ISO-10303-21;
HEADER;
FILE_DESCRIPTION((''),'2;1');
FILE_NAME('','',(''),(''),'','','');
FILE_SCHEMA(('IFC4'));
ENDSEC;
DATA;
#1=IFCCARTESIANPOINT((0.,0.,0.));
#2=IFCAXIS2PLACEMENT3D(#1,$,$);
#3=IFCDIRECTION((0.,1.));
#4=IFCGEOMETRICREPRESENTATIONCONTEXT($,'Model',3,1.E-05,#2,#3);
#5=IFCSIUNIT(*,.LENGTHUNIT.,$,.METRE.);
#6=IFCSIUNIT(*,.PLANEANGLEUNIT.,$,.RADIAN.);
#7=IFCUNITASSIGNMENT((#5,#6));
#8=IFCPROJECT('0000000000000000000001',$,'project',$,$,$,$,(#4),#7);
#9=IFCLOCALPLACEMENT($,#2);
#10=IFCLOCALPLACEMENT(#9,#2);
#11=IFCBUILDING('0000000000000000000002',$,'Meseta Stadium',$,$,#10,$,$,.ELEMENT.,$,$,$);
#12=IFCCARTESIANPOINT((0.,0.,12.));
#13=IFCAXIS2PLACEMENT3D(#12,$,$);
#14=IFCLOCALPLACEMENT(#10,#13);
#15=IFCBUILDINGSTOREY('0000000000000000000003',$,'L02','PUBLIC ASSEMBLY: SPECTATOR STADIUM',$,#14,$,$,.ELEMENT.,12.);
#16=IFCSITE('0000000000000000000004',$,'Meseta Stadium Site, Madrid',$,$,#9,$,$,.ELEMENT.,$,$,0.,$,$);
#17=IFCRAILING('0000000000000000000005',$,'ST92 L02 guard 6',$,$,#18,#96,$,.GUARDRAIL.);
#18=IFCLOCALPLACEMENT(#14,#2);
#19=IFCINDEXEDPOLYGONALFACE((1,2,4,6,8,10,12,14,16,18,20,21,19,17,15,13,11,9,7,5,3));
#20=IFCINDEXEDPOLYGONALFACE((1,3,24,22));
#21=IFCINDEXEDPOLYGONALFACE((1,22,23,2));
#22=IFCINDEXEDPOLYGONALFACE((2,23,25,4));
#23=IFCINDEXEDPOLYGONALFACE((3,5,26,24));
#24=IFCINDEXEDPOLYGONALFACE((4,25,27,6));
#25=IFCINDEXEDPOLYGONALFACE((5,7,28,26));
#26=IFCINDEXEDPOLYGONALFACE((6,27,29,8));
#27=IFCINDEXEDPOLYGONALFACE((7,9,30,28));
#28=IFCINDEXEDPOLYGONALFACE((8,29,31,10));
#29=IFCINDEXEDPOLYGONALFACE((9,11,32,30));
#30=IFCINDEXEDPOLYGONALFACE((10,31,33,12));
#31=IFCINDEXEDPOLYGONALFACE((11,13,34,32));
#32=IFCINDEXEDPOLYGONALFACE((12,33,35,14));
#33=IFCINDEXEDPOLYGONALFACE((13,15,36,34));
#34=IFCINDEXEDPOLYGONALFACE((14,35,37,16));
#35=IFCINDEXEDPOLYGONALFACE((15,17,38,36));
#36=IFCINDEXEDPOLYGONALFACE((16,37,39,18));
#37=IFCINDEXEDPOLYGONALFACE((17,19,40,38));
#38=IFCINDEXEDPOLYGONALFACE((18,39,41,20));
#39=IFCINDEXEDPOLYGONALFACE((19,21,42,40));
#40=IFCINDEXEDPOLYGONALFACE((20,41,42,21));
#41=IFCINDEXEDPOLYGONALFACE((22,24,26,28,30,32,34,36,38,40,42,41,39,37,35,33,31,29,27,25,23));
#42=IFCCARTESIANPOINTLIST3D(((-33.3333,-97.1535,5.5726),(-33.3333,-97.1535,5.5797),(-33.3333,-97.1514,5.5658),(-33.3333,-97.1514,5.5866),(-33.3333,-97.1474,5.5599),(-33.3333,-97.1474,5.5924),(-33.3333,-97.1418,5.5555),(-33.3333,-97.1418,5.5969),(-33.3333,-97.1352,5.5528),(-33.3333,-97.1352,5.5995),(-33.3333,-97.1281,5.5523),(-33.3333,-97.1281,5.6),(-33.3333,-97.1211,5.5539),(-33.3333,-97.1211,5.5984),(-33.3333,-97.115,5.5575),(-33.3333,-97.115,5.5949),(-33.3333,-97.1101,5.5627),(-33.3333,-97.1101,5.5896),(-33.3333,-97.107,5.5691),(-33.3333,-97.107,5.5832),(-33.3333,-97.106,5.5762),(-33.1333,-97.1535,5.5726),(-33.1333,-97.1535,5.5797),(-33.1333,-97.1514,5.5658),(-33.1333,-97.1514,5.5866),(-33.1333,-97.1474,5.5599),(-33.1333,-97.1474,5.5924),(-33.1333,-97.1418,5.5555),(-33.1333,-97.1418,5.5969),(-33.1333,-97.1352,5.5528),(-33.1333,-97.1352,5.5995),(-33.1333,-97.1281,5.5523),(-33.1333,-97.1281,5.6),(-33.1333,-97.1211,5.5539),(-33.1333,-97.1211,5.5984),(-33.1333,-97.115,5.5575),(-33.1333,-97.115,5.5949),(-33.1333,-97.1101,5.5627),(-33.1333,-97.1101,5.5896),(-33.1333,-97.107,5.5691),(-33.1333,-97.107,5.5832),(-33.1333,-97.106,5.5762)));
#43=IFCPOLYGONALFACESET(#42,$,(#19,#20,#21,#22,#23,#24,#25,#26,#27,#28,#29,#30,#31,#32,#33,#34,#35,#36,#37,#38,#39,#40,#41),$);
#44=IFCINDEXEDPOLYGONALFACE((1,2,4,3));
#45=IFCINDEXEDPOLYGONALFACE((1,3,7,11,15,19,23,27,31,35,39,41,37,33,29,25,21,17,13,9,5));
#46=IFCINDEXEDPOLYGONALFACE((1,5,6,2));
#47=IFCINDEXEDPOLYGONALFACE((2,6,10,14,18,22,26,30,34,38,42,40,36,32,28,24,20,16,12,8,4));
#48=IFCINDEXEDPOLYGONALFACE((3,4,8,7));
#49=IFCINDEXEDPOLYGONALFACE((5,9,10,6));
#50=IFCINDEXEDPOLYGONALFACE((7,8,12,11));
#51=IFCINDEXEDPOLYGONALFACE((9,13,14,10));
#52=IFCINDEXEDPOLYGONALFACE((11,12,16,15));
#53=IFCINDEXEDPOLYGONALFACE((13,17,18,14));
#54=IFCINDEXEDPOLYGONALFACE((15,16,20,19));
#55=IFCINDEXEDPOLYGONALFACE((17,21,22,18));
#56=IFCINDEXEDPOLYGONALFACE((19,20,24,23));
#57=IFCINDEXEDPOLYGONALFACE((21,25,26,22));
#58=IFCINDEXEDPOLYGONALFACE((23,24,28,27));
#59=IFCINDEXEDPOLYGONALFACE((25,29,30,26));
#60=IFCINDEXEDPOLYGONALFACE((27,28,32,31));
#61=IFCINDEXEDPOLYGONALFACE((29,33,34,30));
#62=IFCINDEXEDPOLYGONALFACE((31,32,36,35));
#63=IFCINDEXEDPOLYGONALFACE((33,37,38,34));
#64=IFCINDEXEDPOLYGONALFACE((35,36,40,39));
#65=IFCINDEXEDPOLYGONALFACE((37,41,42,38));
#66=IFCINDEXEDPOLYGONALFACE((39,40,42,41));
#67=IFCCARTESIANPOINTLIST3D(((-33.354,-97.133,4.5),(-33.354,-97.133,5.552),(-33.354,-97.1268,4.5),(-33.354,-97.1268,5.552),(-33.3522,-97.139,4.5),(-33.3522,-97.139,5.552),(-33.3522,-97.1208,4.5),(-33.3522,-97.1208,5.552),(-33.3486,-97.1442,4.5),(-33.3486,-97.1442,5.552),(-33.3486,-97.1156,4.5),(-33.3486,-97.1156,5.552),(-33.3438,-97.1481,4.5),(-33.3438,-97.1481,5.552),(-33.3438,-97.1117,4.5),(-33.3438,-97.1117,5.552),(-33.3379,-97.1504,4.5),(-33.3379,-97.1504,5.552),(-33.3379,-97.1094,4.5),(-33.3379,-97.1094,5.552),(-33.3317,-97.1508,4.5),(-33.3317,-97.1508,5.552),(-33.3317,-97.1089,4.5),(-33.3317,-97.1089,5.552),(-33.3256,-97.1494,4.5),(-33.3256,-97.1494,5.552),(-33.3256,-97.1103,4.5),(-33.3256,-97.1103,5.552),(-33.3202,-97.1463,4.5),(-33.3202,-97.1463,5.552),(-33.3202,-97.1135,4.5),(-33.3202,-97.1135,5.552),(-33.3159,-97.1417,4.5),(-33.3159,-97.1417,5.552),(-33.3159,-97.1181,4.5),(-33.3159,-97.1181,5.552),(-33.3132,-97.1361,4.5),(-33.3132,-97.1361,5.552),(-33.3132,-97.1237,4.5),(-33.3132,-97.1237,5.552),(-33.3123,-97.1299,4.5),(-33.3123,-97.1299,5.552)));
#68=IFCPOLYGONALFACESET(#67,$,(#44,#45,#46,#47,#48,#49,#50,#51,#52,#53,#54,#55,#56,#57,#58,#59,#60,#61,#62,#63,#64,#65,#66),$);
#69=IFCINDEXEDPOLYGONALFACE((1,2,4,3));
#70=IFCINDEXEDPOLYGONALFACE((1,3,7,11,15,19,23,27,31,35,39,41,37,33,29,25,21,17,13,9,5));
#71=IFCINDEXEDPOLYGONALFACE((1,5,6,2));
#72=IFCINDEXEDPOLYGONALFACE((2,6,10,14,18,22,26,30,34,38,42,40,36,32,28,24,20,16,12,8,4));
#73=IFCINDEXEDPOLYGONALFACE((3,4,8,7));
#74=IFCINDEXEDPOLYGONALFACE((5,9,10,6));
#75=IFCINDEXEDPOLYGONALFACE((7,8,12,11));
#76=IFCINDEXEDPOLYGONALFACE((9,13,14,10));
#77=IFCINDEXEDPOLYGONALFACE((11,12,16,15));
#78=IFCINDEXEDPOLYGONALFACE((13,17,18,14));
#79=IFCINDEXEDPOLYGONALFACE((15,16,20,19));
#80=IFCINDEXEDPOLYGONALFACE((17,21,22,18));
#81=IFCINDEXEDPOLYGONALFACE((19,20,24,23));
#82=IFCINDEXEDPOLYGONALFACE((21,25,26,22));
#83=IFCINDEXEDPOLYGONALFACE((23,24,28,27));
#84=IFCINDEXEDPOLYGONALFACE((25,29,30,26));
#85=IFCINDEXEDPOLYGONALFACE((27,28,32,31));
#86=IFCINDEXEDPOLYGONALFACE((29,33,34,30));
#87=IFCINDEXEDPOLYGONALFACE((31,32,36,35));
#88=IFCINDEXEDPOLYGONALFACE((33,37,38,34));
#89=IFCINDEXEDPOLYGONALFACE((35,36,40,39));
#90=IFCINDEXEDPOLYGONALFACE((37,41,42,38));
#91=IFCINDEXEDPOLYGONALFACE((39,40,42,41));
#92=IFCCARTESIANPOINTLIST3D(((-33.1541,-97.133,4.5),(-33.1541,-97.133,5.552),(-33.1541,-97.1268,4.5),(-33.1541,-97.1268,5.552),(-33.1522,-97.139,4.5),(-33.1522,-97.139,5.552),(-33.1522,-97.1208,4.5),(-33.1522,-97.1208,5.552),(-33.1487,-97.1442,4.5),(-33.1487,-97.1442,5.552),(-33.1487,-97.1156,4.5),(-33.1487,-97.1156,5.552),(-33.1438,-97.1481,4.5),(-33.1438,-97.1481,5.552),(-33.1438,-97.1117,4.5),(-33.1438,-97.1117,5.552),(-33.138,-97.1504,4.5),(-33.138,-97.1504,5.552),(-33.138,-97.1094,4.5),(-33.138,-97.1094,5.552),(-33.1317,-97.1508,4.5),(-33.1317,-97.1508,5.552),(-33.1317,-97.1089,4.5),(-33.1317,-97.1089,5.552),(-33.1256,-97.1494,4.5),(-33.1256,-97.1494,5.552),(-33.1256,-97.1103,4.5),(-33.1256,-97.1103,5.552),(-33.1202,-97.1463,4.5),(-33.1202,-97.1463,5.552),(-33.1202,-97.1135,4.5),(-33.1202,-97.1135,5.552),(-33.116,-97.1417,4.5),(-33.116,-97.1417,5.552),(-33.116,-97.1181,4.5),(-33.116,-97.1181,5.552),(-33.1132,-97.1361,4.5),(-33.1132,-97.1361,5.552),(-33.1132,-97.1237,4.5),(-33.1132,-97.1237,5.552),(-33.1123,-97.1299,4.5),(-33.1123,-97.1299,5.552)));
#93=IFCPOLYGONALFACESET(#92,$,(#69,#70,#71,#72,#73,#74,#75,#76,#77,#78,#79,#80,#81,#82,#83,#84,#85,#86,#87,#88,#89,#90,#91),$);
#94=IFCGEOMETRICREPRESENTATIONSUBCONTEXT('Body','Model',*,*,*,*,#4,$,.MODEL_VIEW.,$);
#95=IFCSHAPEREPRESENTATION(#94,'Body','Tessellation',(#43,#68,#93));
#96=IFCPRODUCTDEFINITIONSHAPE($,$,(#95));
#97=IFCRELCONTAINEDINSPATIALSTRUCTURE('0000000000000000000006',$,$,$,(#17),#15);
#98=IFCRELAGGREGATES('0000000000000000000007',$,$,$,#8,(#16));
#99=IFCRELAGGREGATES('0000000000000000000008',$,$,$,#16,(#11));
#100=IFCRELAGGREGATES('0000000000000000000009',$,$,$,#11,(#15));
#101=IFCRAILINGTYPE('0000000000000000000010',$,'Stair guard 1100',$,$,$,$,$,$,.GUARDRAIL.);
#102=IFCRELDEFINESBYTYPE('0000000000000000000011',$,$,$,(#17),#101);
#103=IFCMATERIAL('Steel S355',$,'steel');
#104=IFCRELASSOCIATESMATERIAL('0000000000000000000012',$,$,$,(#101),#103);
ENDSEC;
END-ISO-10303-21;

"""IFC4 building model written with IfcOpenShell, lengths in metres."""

from ifc_helpers import new_model, si_unit, direction, frame, origin, origin_2d, place, context, subcontext, project, spatial, circle, extrude, material, type_object, element, save


model = new_model("IFC4")

# Units and contexts
model_context = context("Model", 3, precision=1e-05, world=origin(), true_north=direction((0.0, 1.0)))
body_context = subcontext(model_context, "Body", "Model", "MODEL_VIEW")
ifc_project = project(units=[si_unit("LENGTHUNIT", "METRE"), si_unit("PLANEANGLEUNIT", "RADIAN")], contexts=[model_context])

# Site, building, storey
site_placement = place(None, origin())
site = spatial("IfcSite", under=ifc_project, at=site_placement, Name="Meseta Stadium Site, Madrid", CompositionType="ELEMENT", RefElevation=0.0)
building_placement = place(site_placement, origin())
building = spatial("IfcBuilding", under=site, at=building_placement, Name="Meseta Stadium", CompositionType="ELEMENT")
storey_placement = place(building_placement, frame((0.0, 0.0, 12.0)))
storey = spatial("IfcBuildingStorey", under=building, at=storey_placement, Name="L02", Description="PUBLIC ASSEMBLY: SPECTATOR STADIUM", CompositionType="ELEMENT", Elevation=12.0)

# Railing
ifc_material_1 = material(Name="Steel S355", Category="steel")
railing_type_1 = type_object("IfcRailingType", Name="Stair guard 1100", PredefinedType="GUARDRAIL", material=ifc_material_1)
railing_1_placement = place(storey_placement, frame((-33.3333, -97.1299, 4.5)))
element("IfcRailing", 1, at=railing_1_placement, inside=storey, type_object=railing_type_1, Name="ST92 L02 guard 6", PredefinedType="GUARDRAIL", context=body_context, shape_type="SweptSolid", body=[
    extrude(circle(Radius=0.0239, at=origin_2d()), frame((0.0, 0.0, 1.0762), z_axis=(1.0, 0.0, 0.0), x_axis=(0.0, 1.0, 0.0)), (0.0, 0.0, 1.0), 0.2),
    extrude(circle(Radius=0.021, at=origin_2d()), origin(), (0.0, 0.0, 1.0), 1.052),
    extrude(circle(Radius=0.021, at=origin_2d()), frame((0.2, 0.0, 0.0)), (0.0, 0.0, 1.0), 1.052),
])

save(model, "model.ifc")
